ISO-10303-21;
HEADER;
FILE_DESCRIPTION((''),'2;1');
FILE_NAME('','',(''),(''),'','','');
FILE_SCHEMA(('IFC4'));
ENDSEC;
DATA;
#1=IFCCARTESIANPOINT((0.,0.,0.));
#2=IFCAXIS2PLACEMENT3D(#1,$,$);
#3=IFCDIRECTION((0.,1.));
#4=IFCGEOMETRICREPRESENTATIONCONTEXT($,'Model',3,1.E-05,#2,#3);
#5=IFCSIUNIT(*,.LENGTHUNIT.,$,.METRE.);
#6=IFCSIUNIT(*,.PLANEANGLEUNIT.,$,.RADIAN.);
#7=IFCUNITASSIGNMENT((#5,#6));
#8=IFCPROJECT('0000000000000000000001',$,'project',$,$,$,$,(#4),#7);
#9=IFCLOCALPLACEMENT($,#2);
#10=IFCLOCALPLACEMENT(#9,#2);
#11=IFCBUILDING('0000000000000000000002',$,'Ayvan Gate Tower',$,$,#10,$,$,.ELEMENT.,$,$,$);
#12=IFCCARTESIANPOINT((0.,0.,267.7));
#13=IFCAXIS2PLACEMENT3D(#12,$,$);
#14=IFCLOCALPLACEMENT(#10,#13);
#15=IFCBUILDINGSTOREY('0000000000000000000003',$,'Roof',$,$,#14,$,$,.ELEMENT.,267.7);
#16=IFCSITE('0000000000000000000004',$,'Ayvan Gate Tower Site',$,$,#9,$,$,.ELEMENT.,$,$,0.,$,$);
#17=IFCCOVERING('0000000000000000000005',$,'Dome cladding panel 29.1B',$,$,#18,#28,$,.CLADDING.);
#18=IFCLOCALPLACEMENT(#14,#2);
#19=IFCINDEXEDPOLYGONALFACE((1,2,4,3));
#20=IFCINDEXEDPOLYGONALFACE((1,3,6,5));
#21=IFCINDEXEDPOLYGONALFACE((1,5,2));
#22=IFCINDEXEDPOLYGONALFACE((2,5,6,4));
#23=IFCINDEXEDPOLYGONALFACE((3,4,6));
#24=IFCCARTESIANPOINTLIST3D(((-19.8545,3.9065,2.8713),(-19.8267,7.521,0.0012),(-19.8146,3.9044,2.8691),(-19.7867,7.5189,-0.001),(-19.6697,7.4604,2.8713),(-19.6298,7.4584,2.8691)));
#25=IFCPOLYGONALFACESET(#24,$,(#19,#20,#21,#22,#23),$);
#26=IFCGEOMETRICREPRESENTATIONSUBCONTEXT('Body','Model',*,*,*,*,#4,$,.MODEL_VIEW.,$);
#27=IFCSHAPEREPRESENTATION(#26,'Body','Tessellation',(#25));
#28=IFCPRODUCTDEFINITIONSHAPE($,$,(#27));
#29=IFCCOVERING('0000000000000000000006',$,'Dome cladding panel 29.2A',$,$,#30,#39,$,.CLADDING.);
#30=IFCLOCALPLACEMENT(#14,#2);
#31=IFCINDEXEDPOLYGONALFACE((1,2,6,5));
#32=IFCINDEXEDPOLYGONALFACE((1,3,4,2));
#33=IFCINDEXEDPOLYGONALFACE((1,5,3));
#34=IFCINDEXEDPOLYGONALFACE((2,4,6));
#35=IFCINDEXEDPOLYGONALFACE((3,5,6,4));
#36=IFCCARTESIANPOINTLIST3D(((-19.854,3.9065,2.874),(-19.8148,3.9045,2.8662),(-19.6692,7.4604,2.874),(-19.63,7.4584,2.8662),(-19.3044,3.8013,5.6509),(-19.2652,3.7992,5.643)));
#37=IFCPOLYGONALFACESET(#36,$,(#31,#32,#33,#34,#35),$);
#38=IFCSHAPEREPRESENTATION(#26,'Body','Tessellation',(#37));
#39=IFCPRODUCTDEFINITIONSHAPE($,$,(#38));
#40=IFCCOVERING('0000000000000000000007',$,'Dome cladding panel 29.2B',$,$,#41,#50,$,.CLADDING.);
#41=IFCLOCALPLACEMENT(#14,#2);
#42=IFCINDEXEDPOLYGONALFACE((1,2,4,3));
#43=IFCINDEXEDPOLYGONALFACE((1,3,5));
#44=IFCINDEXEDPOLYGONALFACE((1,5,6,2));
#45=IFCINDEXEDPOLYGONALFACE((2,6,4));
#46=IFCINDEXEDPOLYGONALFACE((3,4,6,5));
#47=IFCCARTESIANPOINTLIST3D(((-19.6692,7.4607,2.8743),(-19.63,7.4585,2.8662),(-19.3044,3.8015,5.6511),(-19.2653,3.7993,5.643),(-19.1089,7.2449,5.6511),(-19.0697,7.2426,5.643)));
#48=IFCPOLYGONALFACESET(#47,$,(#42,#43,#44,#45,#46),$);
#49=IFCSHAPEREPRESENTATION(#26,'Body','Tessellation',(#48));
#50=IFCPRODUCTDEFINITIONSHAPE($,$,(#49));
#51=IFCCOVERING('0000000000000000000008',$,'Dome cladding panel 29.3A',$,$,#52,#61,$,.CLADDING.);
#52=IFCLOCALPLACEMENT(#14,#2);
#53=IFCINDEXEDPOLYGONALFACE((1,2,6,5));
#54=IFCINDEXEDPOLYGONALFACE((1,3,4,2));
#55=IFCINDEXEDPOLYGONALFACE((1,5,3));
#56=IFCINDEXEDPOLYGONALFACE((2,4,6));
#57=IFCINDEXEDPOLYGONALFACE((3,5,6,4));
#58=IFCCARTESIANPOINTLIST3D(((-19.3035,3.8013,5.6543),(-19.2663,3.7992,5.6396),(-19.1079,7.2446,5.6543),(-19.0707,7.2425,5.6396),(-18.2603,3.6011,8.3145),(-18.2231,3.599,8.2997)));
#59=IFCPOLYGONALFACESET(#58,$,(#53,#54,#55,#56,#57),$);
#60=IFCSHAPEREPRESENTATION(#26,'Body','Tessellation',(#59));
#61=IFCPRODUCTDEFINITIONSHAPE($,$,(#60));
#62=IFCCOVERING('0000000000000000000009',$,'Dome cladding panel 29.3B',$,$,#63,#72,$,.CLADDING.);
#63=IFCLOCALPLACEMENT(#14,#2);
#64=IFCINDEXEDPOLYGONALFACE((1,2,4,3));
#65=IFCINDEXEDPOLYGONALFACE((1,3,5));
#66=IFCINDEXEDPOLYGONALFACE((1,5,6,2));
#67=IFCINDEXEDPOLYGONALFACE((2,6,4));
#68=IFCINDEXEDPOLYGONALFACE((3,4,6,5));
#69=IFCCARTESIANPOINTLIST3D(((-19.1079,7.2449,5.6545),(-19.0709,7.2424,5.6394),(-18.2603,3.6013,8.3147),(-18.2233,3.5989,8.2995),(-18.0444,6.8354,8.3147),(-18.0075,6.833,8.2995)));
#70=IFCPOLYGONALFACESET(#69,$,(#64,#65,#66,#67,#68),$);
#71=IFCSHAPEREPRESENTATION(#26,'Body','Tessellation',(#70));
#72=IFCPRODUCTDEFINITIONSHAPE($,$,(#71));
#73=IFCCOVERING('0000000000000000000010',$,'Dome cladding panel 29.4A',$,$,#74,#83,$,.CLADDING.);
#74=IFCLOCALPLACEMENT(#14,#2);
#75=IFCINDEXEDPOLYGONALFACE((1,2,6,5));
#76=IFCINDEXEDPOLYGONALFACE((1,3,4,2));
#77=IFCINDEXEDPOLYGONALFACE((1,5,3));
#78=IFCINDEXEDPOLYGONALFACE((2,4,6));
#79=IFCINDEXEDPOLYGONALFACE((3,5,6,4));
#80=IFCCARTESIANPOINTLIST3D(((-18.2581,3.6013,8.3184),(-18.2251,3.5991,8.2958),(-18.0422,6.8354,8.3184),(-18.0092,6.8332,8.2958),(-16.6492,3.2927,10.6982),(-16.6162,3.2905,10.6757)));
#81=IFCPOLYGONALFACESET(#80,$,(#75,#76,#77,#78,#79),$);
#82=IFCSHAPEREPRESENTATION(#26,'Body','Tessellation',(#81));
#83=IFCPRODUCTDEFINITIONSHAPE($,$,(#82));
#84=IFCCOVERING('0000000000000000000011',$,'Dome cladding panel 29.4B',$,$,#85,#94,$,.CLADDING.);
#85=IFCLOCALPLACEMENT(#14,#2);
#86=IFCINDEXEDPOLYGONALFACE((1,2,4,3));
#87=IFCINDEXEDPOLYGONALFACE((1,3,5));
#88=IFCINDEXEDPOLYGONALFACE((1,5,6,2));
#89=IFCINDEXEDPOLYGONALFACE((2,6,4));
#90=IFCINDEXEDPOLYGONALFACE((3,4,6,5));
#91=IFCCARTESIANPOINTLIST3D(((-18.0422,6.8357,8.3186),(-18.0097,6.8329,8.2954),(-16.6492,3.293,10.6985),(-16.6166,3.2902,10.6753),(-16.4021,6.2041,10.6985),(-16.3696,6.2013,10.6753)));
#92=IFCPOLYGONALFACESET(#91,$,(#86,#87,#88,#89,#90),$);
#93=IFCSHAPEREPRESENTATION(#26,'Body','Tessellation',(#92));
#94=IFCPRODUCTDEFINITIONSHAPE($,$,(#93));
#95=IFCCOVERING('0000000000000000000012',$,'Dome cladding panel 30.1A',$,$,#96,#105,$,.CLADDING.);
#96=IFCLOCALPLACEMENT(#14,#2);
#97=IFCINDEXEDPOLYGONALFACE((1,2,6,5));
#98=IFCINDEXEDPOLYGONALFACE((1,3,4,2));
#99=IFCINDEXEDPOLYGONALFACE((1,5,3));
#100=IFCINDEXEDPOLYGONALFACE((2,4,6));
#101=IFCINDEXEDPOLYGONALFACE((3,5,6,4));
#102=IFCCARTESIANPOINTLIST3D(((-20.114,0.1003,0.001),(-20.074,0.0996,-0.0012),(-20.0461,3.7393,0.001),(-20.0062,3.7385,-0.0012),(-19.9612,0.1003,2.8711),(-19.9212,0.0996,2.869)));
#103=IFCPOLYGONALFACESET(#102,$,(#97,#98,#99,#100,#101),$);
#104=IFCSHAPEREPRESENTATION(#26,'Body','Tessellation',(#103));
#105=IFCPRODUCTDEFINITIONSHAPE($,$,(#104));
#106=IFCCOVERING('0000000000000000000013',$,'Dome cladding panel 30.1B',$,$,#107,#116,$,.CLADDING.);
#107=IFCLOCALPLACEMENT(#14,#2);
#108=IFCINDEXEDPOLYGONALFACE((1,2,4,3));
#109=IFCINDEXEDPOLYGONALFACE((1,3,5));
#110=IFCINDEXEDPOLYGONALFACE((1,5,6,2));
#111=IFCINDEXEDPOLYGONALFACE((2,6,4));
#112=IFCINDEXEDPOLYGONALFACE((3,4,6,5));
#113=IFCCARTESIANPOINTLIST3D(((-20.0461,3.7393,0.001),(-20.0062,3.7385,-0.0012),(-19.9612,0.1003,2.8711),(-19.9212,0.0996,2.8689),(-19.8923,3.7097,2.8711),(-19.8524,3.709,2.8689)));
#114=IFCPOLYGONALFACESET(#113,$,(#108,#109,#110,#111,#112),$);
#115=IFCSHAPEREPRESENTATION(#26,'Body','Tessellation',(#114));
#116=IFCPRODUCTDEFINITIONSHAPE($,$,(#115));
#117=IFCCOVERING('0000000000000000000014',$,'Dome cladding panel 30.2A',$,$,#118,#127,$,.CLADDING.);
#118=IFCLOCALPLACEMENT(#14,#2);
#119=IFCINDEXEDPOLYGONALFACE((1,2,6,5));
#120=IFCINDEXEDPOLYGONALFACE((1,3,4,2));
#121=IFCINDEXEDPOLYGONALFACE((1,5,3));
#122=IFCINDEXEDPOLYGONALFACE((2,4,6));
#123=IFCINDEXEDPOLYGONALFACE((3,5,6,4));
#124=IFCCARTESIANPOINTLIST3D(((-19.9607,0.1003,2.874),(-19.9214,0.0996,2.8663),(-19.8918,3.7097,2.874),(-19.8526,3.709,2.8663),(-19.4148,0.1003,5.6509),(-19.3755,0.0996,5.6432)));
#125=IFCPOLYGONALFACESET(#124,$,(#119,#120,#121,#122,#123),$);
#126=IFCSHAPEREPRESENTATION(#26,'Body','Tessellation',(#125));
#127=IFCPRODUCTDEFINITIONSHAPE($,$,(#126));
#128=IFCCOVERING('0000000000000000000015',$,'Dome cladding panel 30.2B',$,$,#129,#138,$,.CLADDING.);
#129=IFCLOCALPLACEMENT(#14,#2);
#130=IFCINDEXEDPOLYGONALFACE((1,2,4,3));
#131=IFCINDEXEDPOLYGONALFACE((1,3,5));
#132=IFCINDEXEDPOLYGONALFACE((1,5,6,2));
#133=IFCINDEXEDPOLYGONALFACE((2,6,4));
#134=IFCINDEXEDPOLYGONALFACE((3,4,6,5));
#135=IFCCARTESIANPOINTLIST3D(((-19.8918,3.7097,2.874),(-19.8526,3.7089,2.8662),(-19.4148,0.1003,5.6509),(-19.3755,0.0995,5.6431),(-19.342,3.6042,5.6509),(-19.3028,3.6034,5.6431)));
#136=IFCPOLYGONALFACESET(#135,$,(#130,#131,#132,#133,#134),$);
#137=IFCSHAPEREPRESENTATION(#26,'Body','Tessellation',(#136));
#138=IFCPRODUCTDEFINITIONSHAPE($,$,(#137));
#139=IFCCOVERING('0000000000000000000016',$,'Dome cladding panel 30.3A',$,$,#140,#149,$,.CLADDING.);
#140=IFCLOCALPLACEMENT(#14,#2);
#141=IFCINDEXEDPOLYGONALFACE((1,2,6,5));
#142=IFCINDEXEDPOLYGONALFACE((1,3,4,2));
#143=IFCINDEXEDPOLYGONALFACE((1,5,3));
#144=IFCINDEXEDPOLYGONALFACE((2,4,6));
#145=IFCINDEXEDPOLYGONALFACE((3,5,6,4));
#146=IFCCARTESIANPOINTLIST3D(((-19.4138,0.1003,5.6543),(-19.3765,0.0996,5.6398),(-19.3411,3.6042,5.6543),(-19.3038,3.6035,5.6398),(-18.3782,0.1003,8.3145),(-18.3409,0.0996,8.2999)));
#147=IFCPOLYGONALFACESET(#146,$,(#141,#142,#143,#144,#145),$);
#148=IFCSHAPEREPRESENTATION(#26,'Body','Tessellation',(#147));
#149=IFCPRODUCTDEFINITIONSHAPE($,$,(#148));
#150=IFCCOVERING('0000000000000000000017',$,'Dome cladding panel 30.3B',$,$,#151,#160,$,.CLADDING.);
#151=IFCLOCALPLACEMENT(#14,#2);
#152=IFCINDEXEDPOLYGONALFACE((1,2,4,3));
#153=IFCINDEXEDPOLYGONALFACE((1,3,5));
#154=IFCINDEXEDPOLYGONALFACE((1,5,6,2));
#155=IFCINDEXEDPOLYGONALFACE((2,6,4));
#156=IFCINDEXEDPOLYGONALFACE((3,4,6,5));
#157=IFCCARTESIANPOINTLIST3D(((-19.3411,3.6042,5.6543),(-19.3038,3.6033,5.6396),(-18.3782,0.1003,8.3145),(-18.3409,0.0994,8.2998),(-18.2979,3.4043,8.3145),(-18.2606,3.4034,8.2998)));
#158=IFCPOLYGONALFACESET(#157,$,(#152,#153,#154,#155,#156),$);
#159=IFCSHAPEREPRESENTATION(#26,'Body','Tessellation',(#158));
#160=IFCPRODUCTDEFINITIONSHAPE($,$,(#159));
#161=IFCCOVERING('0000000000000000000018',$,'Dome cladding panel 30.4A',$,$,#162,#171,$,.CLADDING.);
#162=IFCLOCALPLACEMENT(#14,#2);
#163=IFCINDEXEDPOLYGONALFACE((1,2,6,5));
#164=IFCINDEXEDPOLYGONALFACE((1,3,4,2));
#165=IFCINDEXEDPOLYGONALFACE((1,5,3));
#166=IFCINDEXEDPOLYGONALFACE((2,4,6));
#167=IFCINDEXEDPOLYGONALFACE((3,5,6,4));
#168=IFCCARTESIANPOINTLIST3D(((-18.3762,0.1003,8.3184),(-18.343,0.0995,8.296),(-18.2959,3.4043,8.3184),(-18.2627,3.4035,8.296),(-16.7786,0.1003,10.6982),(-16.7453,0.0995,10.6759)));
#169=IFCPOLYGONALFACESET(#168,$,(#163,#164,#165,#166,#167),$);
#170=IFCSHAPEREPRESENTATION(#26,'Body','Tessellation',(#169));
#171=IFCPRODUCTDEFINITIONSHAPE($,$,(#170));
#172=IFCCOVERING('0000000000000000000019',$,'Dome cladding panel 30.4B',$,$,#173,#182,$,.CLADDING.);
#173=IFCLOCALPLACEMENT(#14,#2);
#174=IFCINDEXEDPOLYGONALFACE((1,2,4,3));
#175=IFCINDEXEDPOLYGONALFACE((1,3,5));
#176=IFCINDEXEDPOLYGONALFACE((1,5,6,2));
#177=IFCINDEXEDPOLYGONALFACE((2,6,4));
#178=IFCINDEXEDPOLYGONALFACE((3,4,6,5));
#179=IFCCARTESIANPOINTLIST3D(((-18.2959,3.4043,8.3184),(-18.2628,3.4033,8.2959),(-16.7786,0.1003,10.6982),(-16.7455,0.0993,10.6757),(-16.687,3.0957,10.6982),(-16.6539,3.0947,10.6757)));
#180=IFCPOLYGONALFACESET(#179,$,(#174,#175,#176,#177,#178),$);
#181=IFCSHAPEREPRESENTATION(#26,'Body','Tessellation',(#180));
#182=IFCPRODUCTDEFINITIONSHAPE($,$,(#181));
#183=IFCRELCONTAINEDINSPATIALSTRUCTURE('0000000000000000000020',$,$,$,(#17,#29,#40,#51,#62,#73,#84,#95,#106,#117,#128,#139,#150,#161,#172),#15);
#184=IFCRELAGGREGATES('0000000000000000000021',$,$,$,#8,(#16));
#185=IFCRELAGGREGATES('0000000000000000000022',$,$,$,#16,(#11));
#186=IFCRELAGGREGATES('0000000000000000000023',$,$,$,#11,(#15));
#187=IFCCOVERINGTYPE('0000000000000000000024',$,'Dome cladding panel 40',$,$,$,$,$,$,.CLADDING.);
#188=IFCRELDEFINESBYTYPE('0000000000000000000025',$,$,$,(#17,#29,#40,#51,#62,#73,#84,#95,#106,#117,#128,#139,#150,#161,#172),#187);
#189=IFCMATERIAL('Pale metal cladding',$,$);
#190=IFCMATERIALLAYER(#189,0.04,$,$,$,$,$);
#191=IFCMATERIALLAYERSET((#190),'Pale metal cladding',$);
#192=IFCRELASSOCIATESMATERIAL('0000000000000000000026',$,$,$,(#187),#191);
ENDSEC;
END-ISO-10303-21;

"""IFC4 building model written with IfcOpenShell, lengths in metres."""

from ifc_helpers import new_model, si_unit, direction, frame, origin, place, context, subcontext, project, spatial, polyline, outline, extrude, material, layer, layer_set, type_object, element, save


model = new_model("IFC4")

# Units and contexts
model_context = context("Model", 3, precision=1e-05, world=origin(), true_north=direction((0.0, 1.0)))
body_context = subcontext(model_context, "Body", "Model", "MODEL_VIEW")
ifc_project = project(units=[si_unit("LENGTHUNIT", "METRE"), si_unit("PLANEANGLEUNIT", "RADIAN")], contexts=[model_context])

# Site, building, storey
site_placement = place(None, origin())
site = spatial("IfcSite", under=ifc_project, at=site_placement, Name="Ayvan Gate Tower Site", CompositionType="ELEMENT", RefElevation=0.0)
building_placement = place(site_placement, origin())
building = spatial("IfcBuilding", under=site, at=building_placement, Name="Ayvan Gate Tower", CompositionType="ELEMENT")
storey_placement = place(building_placement, frame((0.0, 0.0, 267.7)))
storey = spatial("IfcBuildingStorey", under=building, at=storey_placement, Name="Roof", CompositionType="ELEMENT", Elevation=267.7)

# Coverings
ifc_material_1 = material(Name="Pale metal cladding")
ifc_layer_1 = layer(ifc_material_1, 0.04)
ifc_layer_set_1 = layer_set([ifc_layer_1], Name="Pale metal cladding")
covering_type = type_object("IfcCoveringType", Name="Dome cladding panel 40", PredefinedType="CLADDING", material=ifc_layer_set_1)
covering_1_placement = place(storey_placement, frame((-19.8267, 7.521, 0.0012), z_axis=(-0.997104, 0.051852, 0.055631), x_axis=(-0.00603, -0.78312, 0.621841)))
element("IfcCovering", 1, at=covering_1_placement, inside=storey, type_object=covering_type, Name="Dome cladding panel 29.1B", PredefinedType="CLADDING", context=body_context, shape_type="SweptSolid", body=[
    extrude(outline(polyline([(0.0, 0.0), (4.6155, 0.0), (1.8312, 2.2164), (0.0, 0.0)])), origin(), (0.0, 0.0, -1.0), 0.04),
])
covering_2_placement = place(storey_placement, frame((-19.6692, 7.4604, 2.874), z_axis=(-0.979331, 0.050928, 0.195747), x_axis=(-0.051932, -0.998651, 0.0)))
element("IfcCovering", 2, at=covering_2_placement, inside=storey, type_object=covering_type, Name="Dome cladding panel 29.2A", PredefinedType="CLADDING", context=body_context, shape_type="SweptSolid", body=[
    extrude(outline(polyline([(0.0, 0.0), (3.5588, 0.0), (3.6353, 2.8316), (0.0, 0.0)])), origin(), (0.0, 0.0, -1.0), 0.04),
])
covering_3_placement = place(storey_placement, frame((-19.6692, 7.4607, 2.8743), z_axis=(-0.977886, 0.055536, 0.20163), x_axis=(0.079155, -0.794095, 0.602618)))
element("IfcCovering", 3, at=covering_3_placement, inside=storey, type_object=covering_type, Name="Dome cladding panel 29.2B", PredefinedType="CLADDING", context=body_context, shape_type="SweptSolid", body=[
    extrude(outline(polyline([(0.0, 0.0), (4.608, 0.0), (1.8891, 2.122), (0.0, 0.0)])), origin(), (0.0, 0.0, -1.0), 0.04),
])
covering_4_placement = place(storey_placement, frame((-19.1079, 7.2446, 5.6543), z_axis=(-0.928322, 0.052722, 0.36802), x_axis=(-0.056701, -0.998391, 0.0)))
element("IfcCovering", 4, at=covering_4_placement, inside=storey, type_object=covering_type, Name="Dome cladding panel 29.3A", PredefinedType="CLADDING", context=body_context, shape_type="SweptSolid", body=[
    extrude(outline(polyline([(0.0, 0.0), (3.4489, 0.0), (3.5896, 2.8609), (0.0, 0.0)])), origin(), (0.0, 0.0, -1.0), 0.04),
])
covering_5_placement = place(storey_placement, frame((-19.1079, 7.2449, 5.6545), z_axis=(-0.923477, 0.061626, 0.378672), x_axis=(0.184664, -0.793759, 0.579523)))
element("IfcCovering", 5, at=covering_5_placement, inside=storey, type_object=covering_type, Name="Dome cladding panel 29.3B", PredefinedType="CLADDING", context=body_context, shape_type="SweptSolid", body=[
    extrude(outline(polyline([(0.0, 0.0), (4.5903, 0.0), (2.063, 2.0296), (0.0, 0.0)])), origin(), (0.0, 0.0, -1.0), 0.04),
])
covering_6_placement = place(storey_placement, frame((-18.0422, 6.8354, 8.3184), z_axis=(-0.823875, 0.054979, 0.564098), x_axis=(-0.066584, -0.997781, 0.0)))
element("IfcCovering", 6, at=covering_6_placement, inside=storey, type_object=covering_type, Name="Dome cladding panel 29.4A", PredefinedType="CLADDING", context=body_context, shape_type="SweptSolid", body=[
    extrude(outline(polyline([(0.0, 0.0), (3.2413, 0.0), (3.4421, 2.8822), (0.0, 0.0)])), origin(), (0.0, 0.0, -1.0), 0.04),
])
covering_7_placement = place(storey_placement, frame((-18.0422, 6.8357, 8.3186), z_axis=(-0.812791, 0.068982, 0.578456), x_axis=(0.310296, -0.789118, 0.530103)))
element("IfcCovering", 7, at=covering_7_placement, inside=storey, type_object=covering_type, Name="Dome cladding panel 29.4B", PredefinedType="CLADDING", context=body_context, shape_type="SweptSolid", body=[
    extrude(outline(polyline([(0.0, 0.0), (4.4895, 0.0), (2.2689, 1.8986), (0.0, 0.0)])), origin(), (0.0, 0.0, -1.0), 0.04),
])
covering_8_placement = place(storey_placement, frame((-20.0461, 3.7393, 0.001), z_axis=(-0.998412, 0.018622, 0.053165), x_axis=(-0.018648, -0.999826, 0.0)))
element("IfcCovering", 8, at=covering_8_placement, inside=storey, type_object=covering_type, Name="Dome cladding panel 30.1A", PredefinedType="CLADDING", context=body_context, shape_type="SweptSolid", body=[
    extrude(outline(polyline([(0.0, 0.0), (3.6395, 0.0), (3.6367, 2.8742), (0.0, 0.0)])), origin(), (0.0, 0.0, -1.0), 0.04),
])
covering_9_placement = place(storey_placement, frame((-20.0461, 3.7393, 0.001), z_axis=(-0.998376, 0.019044, 0.053699), x_axis=(0.018329, -0.785035, 0.61918)))
element("IfcCovering", 9, at=covering_9_placement, inside=storey, type_object=covering_type, Name="Dome cladding panel 30.1B", PredefinedType="CLADDING", context=body_context, shape_type="SweptSolid", body=[
    extrude(outline(polyline([(0.0, 0.0), (4.6354, 0.0), (1.8031, 2.2385), (0.0, 0.0)])), origin(), (0.0, 0.0, -1.0), 0.04),
])
covering_10_placement = place(storey_placement, frame((-19.8918, 3.7097, 2.874), z_axis=(-0.981047, 0.018713, 0.192863), x_axis=(-0.019071, -0.999818, 0.0)))
element("IfcCovering", 10, at=covering_10_placement, inside=storey, type_object=covering_type, Name="Dome cladding panel 30.2A", PredefinedType="CLADDING", context=body_context, shape_type="SweptSolid", body=[
    extrude(outline(polyline([(0.0, 0.0), (3.61, 0.0), (3.5996, 2.83), (0.0, 0.0)])), origin(), (0.0, 0.0, -1.0), 0.04),
])
covering_11_placement = place(storey_placement, frame((-19.8918, 3.7097, 2.874), z_axis=(-0.980606, 0.020361, 0.194929), x_axis=(0.104185, -0.788267, 0.606449)))
element("IfcCovering", 11, at=covering_11_placement, inside=storey, type_object=covering_type, Name="Dome cladding panel 30.2B", PredefinedType="CLADDING", context=body_context, shape_type="SweptSolid", body=[
    extrude(outline(polyline([(0.0, 0.0), (4.5789, 0.0), (1.8244, 2.167), (0.0, 0.0)])), origin(), (0.0, 0.0, -1.0), 0.04),
])
covering_12_placement = place(storey_placement, frame((-19.3411, 3.6042, 5.6543), z_axis=(-0.931695, 0.019345, 0.362725), x_axis=(-0.020759, -0.999785, 0.0)))
element("IfcCovering", 12, at=covering_12_placement, inside=storey, type_object=covering_type, Name="Dome cladding panel 30.3A", PredefinedType="CLADDING", context=body_context, shape_type="SweptSolid", body=[
    extrude(outline(polyline([(0.0, 0.0), (3.5047, 0.0), (3.4832, 2.8546), (0.0, 0.0)])), origin(), (0.0, 0.0, -1.0), 0.04),
])
covering_13_placement = place(storey_placement, frame((-19.3411, 3.6042, 5.6543), z_axis=(-0.930155, 0.022613, 0.366471), x_axis=(0.213812, -0.778052, 0.590695)))
element("IfcCovering", 13, at=covering_13_placement, inside=storey, type_object=covering_type, Name="Dome cladding panel 30.3B", PredefinedType="CLADDING", context=body_context, shape_type="SweptSolid", body=[
    extrude(outline(polyline([(0.0, 0.0), (4.5034, 0.0), (1.95, 2.0982), (0.0, 0.0)])), origin(), (0.0, 0.0, -1.0), 0.04),
])
covering_14_placement = place(storey_placement, frame((-18.2959, 3.4043, 8.3184), z_axis=(-0.830095, 0.02018, 0.557257), x_axis=(-0.024304, -0.999705, 0.0)))
element("IfcCovering", 14, at=covering_14_placement, inside=storey, type_object=covering_type, Name="Dome cladding panel 30.4A", PredefinedType="CLADDING", context=body_context, shape_type="SweptSolid", body=[
    extrude(outline(polyline([(0.0, 0.0), (3.3049, 0.0), (3.2661, 2.8662), (0.0, 0.0)])), origin(), (0.0, 0.0, -1.0), 0.04),
])
covering_15_placement = place(storey_placement, frame((-18.2959, 3.4043, 8.3184), z_axis=(-0.826663, 0.025267, 0.56213), x_axis=(0.349184, -0.760339, 0.547682)))
element("IfcCovering", 15, at=covering_15_placement, inside=storey, type_object=covering_type, Name="Dome cladding panel 30.4B", PredefinedType="CLADDING", context=body_context, shape_type="SweptSolid", body=[
    extrude(outline(polyline([(0.0, 0.0), (4.3454, 0.0), (2.0999, 1.9845), (0.0, 0.0)])), origin(), (0.0, 0.0, -1.0), 0.04),
])

save(model, "model.ifc")
